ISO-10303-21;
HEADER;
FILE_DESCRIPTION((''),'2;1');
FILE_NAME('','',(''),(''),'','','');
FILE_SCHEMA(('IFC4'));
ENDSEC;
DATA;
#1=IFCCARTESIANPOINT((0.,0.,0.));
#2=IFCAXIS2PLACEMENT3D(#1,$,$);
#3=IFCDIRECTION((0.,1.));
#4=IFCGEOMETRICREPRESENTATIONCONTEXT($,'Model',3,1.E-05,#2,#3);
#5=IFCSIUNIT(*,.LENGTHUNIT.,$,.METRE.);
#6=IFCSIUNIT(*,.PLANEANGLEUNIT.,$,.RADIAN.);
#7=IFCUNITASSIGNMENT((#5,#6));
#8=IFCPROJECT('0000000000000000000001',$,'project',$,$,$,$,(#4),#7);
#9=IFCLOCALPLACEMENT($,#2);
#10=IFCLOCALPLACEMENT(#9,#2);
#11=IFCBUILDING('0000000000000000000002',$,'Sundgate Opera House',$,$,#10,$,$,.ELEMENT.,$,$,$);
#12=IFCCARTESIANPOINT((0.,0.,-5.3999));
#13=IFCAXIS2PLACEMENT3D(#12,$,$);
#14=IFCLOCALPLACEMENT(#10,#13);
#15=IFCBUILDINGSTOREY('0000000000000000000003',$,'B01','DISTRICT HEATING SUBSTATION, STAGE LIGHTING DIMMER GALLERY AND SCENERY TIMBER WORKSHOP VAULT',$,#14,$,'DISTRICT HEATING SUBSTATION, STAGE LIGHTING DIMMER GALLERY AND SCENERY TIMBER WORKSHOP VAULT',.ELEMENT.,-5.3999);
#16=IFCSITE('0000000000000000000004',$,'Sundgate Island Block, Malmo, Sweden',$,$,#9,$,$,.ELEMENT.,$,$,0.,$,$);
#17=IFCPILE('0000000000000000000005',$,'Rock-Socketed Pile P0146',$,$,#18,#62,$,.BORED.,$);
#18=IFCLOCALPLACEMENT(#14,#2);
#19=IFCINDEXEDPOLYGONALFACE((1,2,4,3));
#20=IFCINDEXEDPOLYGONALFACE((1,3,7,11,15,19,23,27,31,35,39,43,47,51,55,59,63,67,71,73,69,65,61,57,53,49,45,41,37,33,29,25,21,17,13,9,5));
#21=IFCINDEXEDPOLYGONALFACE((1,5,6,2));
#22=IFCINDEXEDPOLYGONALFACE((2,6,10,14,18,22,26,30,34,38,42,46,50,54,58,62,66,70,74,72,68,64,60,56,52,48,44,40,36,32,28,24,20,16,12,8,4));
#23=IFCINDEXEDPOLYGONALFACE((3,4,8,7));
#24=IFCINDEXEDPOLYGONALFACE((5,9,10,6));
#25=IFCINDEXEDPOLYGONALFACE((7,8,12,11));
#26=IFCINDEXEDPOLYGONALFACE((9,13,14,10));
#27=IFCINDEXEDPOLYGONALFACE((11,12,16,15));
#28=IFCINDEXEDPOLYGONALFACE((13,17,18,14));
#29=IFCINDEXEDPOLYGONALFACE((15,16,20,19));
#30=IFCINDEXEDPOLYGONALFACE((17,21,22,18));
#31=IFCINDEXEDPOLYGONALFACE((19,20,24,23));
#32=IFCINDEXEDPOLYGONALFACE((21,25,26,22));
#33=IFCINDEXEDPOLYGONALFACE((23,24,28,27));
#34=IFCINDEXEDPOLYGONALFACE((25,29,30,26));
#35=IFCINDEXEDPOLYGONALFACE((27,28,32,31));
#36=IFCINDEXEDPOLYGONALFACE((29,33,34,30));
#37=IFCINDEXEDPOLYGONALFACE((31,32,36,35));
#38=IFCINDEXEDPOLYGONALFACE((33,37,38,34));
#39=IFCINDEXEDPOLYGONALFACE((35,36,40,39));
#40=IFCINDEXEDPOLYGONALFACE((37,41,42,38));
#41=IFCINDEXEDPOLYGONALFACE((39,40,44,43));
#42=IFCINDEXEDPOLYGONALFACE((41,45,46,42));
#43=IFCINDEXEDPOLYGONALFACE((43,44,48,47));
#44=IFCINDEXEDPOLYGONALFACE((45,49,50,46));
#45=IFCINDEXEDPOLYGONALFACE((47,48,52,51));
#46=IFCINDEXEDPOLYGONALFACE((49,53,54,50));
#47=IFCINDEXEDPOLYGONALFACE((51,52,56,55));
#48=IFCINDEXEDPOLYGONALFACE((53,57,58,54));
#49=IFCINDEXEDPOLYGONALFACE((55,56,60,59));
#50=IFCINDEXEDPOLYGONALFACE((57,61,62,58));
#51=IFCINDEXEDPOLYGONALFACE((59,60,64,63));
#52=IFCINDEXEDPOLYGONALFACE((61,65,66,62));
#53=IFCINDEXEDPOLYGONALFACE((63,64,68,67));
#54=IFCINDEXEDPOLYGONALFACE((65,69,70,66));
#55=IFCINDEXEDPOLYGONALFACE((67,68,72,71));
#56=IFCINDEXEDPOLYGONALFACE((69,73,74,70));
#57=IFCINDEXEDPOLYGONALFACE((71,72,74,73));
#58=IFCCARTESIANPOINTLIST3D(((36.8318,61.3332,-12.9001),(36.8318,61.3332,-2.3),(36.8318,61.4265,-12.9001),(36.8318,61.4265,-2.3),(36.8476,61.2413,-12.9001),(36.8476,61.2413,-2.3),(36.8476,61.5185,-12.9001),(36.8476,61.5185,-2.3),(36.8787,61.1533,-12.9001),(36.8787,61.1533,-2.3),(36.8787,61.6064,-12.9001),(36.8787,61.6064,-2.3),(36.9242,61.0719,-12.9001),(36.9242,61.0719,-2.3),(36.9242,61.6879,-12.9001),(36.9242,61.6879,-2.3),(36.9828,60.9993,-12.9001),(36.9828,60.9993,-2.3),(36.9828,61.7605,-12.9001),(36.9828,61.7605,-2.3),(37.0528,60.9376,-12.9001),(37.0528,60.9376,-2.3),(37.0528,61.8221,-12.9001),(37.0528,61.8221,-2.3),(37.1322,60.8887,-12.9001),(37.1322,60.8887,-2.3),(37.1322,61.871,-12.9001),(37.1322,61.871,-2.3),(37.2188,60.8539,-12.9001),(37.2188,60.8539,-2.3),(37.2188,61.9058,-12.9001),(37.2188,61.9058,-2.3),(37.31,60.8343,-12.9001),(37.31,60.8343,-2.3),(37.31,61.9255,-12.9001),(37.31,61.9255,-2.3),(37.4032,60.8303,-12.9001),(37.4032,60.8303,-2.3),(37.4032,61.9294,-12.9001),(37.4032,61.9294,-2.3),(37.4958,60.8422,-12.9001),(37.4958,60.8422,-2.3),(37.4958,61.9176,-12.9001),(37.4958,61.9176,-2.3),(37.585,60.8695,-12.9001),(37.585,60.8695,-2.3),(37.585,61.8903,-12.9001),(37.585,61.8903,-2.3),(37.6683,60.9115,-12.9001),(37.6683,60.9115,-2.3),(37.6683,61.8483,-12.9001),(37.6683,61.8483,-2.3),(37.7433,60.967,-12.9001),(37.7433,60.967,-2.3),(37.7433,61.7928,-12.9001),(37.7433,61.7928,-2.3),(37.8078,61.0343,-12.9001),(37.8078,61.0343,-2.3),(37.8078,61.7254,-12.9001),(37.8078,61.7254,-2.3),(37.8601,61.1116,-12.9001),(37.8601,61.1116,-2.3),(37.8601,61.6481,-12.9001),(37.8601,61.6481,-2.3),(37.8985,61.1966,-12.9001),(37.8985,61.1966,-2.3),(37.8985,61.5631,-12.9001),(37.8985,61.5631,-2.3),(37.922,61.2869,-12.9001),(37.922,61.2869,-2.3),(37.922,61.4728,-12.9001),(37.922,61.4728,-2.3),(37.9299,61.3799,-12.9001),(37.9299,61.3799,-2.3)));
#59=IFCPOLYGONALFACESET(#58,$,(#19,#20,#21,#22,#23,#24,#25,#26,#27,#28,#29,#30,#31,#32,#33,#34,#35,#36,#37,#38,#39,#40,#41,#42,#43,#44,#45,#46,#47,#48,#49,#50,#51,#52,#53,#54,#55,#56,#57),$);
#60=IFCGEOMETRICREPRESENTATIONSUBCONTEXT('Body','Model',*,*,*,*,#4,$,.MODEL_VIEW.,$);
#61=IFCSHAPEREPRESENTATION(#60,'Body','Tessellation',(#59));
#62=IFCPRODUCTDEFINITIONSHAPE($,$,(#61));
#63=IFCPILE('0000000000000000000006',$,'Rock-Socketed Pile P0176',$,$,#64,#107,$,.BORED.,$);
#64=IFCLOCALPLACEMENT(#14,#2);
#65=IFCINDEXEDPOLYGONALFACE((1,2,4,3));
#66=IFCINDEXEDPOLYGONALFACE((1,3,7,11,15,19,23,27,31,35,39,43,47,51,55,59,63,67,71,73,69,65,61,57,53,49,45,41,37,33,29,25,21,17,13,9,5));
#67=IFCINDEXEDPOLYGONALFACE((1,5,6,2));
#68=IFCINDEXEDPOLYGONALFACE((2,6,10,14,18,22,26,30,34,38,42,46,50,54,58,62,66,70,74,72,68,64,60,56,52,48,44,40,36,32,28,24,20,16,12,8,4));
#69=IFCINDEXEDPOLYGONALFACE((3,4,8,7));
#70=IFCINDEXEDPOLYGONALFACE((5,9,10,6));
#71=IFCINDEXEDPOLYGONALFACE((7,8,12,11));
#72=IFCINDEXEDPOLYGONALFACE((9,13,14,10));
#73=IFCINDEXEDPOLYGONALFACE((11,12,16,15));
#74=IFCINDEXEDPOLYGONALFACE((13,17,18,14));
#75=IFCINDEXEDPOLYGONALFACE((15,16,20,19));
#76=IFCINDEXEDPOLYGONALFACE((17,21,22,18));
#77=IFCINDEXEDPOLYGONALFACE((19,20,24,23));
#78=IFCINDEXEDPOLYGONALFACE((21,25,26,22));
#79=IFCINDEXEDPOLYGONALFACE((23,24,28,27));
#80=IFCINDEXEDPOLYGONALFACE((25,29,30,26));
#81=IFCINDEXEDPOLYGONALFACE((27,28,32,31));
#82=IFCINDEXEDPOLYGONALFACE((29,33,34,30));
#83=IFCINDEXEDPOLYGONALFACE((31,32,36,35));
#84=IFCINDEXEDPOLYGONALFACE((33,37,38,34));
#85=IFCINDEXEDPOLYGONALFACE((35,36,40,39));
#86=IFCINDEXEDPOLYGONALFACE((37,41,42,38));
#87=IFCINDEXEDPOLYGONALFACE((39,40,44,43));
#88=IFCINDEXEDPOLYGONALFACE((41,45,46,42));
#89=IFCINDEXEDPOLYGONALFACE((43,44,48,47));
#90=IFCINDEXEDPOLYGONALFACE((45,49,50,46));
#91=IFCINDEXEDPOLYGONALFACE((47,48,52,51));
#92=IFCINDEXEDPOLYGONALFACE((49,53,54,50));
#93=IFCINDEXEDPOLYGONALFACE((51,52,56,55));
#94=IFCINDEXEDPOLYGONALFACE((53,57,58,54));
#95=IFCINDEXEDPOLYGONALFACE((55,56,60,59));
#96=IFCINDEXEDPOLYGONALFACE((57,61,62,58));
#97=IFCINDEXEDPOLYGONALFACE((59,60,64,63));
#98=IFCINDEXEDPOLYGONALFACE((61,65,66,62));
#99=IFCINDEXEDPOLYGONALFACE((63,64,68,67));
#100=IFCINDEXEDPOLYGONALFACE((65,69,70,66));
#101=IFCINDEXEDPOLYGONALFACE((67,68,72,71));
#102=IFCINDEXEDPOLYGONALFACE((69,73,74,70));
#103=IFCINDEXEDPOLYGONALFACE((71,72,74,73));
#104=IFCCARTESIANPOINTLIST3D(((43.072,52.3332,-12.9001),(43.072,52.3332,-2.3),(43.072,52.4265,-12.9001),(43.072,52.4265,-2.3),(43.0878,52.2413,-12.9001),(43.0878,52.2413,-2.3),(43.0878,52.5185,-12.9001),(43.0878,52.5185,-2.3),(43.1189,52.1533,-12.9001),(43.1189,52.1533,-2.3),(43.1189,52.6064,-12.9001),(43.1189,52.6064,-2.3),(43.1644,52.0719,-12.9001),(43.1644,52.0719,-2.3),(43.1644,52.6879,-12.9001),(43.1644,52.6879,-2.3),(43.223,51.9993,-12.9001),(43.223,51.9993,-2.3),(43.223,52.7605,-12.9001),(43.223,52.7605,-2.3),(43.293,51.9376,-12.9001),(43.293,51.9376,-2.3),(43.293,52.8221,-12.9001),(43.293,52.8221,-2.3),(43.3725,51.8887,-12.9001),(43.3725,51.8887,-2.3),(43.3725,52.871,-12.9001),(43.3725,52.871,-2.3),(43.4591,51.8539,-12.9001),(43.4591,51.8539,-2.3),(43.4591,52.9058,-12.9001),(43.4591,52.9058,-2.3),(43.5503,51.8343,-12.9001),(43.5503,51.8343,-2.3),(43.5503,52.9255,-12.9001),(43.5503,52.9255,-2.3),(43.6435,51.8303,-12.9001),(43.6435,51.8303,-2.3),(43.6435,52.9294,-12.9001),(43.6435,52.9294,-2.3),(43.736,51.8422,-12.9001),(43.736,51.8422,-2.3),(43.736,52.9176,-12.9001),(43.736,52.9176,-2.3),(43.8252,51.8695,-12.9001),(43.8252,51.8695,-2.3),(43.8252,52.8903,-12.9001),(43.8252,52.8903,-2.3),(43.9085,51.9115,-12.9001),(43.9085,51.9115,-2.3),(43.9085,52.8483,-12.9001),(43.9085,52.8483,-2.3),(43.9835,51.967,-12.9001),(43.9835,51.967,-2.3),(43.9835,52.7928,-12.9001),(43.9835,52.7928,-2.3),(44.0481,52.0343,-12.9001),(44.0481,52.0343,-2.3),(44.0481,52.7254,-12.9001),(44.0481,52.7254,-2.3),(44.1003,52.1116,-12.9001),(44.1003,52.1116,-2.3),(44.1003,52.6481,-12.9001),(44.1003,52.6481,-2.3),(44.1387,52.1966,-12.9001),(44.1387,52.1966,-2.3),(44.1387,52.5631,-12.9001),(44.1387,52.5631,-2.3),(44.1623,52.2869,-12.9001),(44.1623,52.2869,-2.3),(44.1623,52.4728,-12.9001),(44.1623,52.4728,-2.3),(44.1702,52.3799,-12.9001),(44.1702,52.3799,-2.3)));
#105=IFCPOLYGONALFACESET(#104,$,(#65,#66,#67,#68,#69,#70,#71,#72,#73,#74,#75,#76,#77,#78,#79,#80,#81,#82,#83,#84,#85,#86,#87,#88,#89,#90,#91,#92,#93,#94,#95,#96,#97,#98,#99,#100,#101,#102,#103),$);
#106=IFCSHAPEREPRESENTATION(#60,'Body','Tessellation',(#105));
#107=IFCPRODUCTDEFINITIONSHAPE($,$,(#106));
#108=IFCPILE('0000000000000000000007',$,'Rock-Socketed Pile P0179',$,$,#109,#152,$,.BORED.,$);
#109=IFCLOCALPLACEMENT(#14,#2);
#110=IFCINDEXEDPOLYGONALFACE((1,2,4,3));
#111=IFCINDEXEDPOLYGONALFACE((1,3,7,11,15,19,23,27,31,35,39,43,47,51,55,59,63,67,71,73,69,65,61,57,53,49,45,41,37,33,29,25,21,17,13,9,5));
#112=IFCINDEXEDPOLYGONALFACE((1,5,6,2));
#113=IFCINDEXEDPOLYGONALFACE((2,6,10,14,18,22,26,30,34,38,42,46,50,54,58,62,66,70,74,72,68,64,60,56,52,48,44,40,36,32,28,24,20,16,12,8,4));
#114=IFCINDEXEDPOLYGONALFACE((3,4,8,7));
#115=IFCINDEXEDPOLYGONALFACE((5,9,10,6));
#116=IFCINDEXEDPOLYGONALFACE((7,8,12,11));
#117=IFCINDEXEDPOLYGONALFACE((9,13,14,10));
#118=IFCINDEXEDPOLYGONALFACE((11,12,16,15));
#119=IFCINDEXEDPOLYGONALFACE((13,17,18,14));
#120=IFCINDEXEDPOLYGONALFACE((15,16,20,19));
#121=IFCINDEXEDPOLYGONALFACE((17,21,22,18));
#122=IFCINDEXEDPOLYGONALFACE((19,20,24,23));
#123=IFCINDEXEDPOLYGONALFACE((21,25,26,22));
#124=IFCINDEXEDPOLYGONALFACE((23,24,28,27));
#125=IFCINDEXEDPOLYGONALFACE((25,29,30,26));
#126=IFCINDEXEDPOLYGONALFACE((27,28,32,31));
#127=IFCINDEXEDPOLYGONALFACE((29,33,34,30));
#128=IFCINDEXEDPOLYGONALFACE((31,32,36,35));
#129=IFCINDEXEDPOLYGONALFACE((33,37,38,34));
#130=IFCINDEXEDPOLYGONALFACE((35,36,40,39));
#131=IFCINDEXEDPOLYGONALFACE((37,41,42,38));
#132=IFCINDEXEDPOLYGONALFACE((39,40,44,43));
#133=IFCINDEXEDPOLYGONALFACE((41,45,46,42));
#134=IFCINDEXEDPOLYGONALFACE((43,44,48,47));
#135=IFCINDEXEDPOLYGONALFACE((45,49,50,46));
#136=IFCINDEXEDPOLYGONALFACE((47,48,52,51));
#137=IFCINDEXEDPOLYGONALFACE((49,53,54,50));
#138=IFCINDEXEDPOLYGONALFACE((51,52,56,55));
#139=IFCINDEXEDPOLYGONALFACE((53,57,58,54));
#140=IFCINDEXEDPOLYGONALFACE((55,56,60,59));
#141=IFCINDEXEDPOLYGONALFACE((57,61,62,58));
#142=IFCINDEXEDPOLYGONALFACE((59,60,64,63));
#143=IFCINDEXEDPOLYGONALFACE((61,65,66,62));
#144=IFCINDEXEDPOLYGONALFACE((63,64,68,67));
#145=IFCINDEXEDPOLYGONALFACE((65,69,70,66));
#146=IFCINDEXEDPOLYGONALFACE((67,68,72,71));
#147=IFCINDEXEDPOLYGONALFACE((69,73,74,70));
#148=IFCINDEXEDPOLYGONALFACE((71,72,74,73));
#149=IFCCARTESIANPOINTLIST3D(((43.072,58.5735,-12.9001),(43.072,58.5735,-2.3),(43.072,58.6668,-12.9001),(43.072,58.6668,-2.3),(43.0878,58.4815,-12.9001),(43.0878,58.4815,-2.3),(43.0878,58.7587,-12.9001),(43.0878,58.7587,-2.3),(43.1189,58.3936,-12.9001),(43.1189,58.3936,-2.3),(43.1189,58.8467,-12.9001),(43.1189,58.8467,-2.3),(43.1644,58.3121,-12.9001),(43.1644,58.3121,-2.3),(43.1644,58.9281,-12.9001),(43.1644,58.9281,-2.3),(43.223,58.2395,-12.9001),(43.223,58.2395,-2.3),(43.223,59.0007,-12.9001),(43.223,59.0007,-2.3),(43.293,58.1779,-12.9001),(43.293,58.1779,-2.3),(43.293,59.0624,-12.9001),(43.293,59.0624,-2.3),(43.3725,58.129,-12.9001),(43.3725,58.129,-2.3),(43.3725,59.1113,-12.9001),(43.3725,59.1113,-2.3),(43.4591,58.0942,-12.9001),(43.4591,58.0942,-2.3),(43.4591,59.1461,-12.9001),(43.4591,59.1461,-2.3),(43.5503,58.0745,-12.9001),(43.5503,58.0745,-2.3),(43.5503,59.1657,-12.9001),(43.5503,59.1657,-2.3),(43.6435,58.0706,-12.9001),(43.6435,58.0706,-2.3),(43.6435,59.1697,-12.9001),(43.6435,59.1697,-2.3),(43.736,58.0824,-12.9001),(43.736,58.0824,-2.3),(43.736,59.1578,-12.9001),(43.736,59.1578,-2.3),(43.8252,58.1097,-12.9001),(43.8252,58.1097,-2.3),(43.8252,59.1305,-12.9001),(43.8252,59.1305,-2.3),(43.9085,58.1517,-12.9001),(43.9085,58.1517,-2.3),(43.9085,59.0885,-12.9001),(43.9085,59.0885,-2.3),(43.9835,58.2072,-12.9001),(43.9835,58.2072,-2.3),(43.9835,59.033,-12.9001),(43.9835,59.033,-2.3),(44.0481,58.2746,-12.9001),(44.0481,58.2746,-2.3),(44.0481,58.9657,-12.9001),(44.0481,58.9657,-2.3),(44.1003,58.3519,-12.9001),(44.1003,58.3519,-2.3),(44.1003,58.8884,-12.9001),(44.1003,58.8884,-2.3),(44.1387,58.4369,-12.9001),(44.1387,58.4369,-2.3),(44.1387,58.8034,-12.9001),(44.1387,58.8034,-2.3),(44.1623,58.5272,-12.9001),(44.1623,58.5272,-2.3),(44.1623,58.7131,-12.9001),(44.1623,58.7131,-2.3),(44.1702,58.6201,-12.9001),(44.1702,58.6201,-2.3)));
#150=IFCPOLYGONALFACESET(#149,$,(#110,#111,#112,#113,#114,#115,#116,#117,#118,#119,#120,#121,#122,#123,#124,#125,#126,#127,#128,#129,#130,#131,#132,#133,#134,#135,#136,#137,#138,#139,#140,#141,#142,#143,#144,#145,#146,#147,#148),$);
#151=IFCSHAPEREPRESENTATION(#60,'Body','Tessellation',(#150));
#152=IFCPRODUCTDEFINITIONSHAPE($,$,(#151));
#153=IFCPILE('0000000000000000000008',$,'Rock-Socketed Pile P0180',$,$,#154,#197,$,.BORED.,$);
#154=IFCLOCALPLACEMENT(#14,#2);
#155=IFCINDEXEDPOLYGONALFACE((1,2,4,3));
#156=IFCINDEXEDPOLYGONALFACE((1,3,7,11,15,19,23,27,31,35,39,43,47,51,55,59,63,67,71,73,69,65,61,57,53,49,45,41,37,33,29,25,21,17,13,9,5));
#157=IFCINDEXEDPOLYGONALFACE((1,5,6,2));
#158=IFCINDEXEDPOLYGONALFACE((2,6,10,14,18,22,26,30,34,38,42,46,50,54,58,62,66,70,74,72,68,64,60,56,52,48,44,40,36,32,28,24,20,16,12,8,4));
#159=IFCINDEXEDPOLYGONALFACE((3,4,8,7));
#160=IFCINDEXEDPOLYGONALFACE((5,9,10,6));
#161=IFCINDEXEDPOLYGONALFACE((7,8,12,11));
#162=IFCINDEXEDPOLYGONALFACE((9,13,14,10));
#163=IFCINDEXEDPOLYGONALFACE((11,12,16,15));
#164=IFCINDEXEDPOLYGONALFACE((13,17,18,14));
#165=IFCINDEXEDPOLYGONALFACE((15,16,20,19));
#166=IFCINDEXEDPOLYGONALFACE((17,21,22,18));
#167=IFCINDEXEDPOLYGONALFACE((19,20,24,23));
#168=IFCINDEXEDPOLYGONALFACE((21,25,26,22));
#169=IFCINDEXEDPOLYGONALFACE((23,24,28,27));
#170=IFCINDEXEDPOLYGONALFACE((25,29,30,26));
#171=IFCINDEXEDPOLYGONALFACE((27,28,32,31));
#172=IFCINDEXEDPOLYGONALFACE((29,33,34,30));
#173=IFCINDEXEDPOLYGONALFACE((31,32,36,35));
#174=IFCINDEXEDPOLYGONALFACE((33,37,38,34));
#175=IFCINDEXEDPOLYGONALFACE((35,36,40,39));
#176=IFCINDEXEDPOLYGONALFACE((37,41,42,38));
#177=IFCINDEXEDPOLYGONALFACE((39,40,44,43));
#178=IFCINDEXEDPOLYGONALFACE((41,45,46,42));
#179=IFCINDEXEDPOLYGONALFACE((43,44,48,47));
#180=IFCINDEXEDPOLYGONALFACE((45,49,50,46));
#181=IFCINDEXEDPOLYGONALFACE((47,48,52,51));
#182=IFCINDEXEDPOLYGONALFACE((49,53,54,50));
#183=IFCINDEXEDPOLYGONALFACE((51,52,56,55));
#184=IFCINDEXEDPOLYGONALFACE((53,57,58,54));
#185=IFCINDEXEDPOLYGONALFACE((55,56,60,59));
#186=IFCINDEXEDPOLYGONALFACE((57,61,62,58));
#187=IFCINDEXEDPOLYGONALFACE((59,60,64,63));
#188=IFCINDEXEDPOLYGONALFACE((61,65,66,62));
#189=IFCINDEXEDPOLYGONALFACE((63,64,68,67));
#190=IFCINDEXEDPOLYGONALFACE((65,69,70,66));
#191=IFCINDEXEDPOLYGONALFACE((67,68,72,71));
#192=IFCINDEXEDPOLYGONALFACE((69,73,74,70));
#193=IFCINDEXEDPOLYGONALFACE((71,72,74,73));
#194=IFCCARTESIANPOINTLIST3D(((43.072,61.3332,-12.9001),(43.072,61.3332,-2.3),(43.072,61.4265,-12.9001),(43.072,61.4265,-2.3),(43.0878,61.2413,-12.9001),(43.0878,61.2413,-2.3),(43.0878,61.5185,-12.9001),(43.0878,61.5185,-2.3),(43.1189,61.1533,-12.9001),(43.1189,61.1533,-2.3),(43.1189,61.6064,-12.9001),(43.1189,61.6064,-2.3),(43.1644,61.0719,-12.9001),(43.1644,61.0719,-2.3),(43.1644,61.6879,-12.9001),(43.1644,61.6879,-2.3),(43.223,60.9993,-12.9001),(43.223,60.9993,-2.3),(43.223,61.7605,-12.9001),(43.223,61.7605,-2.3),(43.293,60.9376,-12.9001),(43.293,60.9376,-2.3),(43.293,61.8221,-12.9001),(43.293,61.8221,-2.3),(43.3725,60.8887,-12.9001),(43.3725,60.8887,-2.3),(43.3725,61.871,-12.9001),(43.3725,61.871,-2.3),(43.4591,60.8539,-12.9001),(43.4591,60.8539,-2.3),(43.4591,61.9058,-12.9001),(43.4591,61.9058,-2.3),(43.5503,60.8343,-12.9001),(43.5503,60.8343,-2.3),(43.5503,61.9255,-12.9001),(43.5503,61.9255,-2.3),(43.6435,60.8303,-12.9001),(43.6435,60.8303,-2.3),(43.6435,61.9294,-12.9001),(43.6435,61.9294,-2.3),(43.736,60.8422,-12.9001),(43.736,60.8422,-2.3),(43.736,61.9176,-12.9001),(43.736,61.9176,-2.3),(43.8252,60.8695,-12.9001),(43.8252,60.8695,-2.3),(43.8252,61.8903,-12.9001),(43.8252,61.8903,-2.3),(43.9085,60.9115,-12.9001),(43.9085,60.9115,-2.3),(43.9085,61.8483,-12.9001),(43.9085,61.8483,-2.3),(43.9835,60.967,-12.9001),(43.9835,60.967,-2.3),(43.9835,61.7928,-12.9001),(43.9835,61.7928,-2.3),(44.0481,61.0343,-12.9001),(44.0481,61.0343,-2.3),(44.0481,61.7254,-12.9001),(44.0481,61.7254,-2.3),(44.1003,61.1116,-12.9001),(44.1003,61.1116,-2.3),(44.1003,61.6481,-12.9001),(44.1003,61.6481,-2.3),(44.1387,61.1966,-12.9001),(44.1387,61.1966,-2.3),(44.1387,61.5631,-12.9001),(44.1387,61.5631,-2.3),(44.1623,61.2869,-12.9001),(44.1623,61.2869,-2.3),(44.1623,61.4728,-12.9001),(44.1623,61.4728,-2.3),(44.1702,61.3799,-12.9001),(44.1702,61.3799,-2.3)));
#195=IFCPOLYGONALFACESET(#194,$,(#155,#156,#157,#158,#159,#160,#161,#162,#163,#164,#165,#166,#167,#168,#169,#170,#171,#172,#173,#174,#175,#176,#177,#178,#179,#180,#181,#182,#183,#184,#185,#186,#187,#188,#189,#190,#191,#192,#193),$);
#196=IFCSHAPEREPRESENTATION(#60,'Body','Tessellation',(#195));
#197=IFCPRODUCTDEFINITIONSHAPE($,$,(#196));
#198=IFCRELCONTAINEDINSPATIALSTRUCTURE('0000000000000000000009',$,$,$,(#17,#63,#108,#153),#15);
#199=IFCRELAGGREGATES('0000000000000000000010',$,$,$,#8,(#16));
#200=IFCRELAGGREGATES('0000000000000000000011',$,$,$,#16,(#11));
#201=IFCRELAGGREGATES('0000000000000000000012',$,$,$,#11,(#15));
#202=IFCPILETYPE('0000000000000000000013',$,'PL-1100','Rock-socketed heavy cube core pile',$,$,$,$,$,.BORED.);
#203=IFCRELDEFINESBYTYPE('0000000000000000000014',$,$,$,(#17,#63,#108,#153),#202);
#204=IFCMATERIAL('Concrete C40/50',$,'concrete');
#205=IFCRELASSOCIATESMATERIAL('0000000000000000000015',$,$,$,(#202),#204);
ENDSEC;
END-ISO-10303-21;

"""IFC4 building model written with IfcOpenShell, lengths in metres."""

from ifc_helpers import new_model, si_unit, direction, frame, origin, origin_2d, place, context, subcontext, project, spatial, circle, extrude, material, material_profile, profile_set, type_object, element, save


model = new_model("IFC4")

# Units and contexts
model_context = context("Model", 3, precision=1e-05, world=origin(), true_north=direction((0.0, 1.0)))
body_context = subcontext(model_context, "Body", "Model", "MODEL_VIEW")
ifc_project = project(units=[si_unit("LENGTHUNIT", "METRE"), si_unit("PLANEANGLEUNIT", "RADIAN")], contexts=[model_context])

# Site, building, storey
site_placement = place(None, origin())
site = spatial("IfcSite", under=ifc_project, at=site_placement, Name="Sundgate Island Block, Malmo, Sweden", CompositionType="ELEMENT", RefElevation=0.0)
building_placement = place(site_placement, origin())
building = spatial("IfcBuilding", under=site, at=building_placement, Name="Sundgate Opera House", CompositionType="ELEMENT")
storey_placement = place(building_placement, frame((0.0, 0.0, -5.3999)))
storey = spatial("IfcBuildingStorey", under=building, at=storey_placement, Name="B01", Description="DISTRICT HEATING SUBSTATION, STAGE LIGHTING DIMMER GALLERY AND SCENERY TIMBER WORKSHOP VAULT", LongName="DISTRICT HEATING SUBSTATION, STAGE LIGHTING DIMMER GALLERY AND SCENERY TIMBER WORKSHOP VAULT", CompositionType="ELEMENT", Elevation=-5.3999)

# Piles
ifc_material_1 = material(Name="Concrete C40/50", Category="concrete")
ifc_material_profile_1 = material_profile(ifc_material_1, circle(Radius=0.55, at=origin_2d()), Name="PILE D1100")
ifc_profile_set_1 = profile_set([ifc_material_profile_1], Name="Concrete C40/50")
pile_type_1 = type_object("IfcPileType", Name="PL-1100", Description="Rock-socketed heavy cube core pile", PredefinedType="BORED", material=ifc_profile_set_1)
for number, where, z_axis, x_axis, name in (
    (1, (37.3799, 61.3799, -2.3), (0.0, 0.0, -1.0), (1.0, 0.0, 0.0), "Rock-Socketed Pile P0146"),
    (2, (43.6201, 52.3799, -2.3), (0.0, 0.0, -1.0), (1.0, 0.0, 0.0), "Rock-Socketed Pile P0176"),
    (3, (43.6201, 58.6201, -2.3), (0.0, 0.0, -1.0), (1.0, 0.0, 0.0), "Rock-Socketed Pile P0179"),
    (4, (43.6201, 61.3799, -2.3), (0.0, 0.0, -1.0), (1.0, 0.0, 0.0), "Rock-Socketed Pile P0180"),
):
    element("IfcPile", number, at=place(storey_placement, frame(where, z_axis=z_axis, x_axis=x_axis)), inside=storey, type_object=pile_type_1, Name=name, PredefinedType="BORED", context=body_context, shape_type="SweptSolid", body=[
        extrude(circle(Radius=0.55, at=origin_2d()), origin(), (0.0, 0.0, 1.0), 10.6001),
    ])

save(model, "model.ifc")
